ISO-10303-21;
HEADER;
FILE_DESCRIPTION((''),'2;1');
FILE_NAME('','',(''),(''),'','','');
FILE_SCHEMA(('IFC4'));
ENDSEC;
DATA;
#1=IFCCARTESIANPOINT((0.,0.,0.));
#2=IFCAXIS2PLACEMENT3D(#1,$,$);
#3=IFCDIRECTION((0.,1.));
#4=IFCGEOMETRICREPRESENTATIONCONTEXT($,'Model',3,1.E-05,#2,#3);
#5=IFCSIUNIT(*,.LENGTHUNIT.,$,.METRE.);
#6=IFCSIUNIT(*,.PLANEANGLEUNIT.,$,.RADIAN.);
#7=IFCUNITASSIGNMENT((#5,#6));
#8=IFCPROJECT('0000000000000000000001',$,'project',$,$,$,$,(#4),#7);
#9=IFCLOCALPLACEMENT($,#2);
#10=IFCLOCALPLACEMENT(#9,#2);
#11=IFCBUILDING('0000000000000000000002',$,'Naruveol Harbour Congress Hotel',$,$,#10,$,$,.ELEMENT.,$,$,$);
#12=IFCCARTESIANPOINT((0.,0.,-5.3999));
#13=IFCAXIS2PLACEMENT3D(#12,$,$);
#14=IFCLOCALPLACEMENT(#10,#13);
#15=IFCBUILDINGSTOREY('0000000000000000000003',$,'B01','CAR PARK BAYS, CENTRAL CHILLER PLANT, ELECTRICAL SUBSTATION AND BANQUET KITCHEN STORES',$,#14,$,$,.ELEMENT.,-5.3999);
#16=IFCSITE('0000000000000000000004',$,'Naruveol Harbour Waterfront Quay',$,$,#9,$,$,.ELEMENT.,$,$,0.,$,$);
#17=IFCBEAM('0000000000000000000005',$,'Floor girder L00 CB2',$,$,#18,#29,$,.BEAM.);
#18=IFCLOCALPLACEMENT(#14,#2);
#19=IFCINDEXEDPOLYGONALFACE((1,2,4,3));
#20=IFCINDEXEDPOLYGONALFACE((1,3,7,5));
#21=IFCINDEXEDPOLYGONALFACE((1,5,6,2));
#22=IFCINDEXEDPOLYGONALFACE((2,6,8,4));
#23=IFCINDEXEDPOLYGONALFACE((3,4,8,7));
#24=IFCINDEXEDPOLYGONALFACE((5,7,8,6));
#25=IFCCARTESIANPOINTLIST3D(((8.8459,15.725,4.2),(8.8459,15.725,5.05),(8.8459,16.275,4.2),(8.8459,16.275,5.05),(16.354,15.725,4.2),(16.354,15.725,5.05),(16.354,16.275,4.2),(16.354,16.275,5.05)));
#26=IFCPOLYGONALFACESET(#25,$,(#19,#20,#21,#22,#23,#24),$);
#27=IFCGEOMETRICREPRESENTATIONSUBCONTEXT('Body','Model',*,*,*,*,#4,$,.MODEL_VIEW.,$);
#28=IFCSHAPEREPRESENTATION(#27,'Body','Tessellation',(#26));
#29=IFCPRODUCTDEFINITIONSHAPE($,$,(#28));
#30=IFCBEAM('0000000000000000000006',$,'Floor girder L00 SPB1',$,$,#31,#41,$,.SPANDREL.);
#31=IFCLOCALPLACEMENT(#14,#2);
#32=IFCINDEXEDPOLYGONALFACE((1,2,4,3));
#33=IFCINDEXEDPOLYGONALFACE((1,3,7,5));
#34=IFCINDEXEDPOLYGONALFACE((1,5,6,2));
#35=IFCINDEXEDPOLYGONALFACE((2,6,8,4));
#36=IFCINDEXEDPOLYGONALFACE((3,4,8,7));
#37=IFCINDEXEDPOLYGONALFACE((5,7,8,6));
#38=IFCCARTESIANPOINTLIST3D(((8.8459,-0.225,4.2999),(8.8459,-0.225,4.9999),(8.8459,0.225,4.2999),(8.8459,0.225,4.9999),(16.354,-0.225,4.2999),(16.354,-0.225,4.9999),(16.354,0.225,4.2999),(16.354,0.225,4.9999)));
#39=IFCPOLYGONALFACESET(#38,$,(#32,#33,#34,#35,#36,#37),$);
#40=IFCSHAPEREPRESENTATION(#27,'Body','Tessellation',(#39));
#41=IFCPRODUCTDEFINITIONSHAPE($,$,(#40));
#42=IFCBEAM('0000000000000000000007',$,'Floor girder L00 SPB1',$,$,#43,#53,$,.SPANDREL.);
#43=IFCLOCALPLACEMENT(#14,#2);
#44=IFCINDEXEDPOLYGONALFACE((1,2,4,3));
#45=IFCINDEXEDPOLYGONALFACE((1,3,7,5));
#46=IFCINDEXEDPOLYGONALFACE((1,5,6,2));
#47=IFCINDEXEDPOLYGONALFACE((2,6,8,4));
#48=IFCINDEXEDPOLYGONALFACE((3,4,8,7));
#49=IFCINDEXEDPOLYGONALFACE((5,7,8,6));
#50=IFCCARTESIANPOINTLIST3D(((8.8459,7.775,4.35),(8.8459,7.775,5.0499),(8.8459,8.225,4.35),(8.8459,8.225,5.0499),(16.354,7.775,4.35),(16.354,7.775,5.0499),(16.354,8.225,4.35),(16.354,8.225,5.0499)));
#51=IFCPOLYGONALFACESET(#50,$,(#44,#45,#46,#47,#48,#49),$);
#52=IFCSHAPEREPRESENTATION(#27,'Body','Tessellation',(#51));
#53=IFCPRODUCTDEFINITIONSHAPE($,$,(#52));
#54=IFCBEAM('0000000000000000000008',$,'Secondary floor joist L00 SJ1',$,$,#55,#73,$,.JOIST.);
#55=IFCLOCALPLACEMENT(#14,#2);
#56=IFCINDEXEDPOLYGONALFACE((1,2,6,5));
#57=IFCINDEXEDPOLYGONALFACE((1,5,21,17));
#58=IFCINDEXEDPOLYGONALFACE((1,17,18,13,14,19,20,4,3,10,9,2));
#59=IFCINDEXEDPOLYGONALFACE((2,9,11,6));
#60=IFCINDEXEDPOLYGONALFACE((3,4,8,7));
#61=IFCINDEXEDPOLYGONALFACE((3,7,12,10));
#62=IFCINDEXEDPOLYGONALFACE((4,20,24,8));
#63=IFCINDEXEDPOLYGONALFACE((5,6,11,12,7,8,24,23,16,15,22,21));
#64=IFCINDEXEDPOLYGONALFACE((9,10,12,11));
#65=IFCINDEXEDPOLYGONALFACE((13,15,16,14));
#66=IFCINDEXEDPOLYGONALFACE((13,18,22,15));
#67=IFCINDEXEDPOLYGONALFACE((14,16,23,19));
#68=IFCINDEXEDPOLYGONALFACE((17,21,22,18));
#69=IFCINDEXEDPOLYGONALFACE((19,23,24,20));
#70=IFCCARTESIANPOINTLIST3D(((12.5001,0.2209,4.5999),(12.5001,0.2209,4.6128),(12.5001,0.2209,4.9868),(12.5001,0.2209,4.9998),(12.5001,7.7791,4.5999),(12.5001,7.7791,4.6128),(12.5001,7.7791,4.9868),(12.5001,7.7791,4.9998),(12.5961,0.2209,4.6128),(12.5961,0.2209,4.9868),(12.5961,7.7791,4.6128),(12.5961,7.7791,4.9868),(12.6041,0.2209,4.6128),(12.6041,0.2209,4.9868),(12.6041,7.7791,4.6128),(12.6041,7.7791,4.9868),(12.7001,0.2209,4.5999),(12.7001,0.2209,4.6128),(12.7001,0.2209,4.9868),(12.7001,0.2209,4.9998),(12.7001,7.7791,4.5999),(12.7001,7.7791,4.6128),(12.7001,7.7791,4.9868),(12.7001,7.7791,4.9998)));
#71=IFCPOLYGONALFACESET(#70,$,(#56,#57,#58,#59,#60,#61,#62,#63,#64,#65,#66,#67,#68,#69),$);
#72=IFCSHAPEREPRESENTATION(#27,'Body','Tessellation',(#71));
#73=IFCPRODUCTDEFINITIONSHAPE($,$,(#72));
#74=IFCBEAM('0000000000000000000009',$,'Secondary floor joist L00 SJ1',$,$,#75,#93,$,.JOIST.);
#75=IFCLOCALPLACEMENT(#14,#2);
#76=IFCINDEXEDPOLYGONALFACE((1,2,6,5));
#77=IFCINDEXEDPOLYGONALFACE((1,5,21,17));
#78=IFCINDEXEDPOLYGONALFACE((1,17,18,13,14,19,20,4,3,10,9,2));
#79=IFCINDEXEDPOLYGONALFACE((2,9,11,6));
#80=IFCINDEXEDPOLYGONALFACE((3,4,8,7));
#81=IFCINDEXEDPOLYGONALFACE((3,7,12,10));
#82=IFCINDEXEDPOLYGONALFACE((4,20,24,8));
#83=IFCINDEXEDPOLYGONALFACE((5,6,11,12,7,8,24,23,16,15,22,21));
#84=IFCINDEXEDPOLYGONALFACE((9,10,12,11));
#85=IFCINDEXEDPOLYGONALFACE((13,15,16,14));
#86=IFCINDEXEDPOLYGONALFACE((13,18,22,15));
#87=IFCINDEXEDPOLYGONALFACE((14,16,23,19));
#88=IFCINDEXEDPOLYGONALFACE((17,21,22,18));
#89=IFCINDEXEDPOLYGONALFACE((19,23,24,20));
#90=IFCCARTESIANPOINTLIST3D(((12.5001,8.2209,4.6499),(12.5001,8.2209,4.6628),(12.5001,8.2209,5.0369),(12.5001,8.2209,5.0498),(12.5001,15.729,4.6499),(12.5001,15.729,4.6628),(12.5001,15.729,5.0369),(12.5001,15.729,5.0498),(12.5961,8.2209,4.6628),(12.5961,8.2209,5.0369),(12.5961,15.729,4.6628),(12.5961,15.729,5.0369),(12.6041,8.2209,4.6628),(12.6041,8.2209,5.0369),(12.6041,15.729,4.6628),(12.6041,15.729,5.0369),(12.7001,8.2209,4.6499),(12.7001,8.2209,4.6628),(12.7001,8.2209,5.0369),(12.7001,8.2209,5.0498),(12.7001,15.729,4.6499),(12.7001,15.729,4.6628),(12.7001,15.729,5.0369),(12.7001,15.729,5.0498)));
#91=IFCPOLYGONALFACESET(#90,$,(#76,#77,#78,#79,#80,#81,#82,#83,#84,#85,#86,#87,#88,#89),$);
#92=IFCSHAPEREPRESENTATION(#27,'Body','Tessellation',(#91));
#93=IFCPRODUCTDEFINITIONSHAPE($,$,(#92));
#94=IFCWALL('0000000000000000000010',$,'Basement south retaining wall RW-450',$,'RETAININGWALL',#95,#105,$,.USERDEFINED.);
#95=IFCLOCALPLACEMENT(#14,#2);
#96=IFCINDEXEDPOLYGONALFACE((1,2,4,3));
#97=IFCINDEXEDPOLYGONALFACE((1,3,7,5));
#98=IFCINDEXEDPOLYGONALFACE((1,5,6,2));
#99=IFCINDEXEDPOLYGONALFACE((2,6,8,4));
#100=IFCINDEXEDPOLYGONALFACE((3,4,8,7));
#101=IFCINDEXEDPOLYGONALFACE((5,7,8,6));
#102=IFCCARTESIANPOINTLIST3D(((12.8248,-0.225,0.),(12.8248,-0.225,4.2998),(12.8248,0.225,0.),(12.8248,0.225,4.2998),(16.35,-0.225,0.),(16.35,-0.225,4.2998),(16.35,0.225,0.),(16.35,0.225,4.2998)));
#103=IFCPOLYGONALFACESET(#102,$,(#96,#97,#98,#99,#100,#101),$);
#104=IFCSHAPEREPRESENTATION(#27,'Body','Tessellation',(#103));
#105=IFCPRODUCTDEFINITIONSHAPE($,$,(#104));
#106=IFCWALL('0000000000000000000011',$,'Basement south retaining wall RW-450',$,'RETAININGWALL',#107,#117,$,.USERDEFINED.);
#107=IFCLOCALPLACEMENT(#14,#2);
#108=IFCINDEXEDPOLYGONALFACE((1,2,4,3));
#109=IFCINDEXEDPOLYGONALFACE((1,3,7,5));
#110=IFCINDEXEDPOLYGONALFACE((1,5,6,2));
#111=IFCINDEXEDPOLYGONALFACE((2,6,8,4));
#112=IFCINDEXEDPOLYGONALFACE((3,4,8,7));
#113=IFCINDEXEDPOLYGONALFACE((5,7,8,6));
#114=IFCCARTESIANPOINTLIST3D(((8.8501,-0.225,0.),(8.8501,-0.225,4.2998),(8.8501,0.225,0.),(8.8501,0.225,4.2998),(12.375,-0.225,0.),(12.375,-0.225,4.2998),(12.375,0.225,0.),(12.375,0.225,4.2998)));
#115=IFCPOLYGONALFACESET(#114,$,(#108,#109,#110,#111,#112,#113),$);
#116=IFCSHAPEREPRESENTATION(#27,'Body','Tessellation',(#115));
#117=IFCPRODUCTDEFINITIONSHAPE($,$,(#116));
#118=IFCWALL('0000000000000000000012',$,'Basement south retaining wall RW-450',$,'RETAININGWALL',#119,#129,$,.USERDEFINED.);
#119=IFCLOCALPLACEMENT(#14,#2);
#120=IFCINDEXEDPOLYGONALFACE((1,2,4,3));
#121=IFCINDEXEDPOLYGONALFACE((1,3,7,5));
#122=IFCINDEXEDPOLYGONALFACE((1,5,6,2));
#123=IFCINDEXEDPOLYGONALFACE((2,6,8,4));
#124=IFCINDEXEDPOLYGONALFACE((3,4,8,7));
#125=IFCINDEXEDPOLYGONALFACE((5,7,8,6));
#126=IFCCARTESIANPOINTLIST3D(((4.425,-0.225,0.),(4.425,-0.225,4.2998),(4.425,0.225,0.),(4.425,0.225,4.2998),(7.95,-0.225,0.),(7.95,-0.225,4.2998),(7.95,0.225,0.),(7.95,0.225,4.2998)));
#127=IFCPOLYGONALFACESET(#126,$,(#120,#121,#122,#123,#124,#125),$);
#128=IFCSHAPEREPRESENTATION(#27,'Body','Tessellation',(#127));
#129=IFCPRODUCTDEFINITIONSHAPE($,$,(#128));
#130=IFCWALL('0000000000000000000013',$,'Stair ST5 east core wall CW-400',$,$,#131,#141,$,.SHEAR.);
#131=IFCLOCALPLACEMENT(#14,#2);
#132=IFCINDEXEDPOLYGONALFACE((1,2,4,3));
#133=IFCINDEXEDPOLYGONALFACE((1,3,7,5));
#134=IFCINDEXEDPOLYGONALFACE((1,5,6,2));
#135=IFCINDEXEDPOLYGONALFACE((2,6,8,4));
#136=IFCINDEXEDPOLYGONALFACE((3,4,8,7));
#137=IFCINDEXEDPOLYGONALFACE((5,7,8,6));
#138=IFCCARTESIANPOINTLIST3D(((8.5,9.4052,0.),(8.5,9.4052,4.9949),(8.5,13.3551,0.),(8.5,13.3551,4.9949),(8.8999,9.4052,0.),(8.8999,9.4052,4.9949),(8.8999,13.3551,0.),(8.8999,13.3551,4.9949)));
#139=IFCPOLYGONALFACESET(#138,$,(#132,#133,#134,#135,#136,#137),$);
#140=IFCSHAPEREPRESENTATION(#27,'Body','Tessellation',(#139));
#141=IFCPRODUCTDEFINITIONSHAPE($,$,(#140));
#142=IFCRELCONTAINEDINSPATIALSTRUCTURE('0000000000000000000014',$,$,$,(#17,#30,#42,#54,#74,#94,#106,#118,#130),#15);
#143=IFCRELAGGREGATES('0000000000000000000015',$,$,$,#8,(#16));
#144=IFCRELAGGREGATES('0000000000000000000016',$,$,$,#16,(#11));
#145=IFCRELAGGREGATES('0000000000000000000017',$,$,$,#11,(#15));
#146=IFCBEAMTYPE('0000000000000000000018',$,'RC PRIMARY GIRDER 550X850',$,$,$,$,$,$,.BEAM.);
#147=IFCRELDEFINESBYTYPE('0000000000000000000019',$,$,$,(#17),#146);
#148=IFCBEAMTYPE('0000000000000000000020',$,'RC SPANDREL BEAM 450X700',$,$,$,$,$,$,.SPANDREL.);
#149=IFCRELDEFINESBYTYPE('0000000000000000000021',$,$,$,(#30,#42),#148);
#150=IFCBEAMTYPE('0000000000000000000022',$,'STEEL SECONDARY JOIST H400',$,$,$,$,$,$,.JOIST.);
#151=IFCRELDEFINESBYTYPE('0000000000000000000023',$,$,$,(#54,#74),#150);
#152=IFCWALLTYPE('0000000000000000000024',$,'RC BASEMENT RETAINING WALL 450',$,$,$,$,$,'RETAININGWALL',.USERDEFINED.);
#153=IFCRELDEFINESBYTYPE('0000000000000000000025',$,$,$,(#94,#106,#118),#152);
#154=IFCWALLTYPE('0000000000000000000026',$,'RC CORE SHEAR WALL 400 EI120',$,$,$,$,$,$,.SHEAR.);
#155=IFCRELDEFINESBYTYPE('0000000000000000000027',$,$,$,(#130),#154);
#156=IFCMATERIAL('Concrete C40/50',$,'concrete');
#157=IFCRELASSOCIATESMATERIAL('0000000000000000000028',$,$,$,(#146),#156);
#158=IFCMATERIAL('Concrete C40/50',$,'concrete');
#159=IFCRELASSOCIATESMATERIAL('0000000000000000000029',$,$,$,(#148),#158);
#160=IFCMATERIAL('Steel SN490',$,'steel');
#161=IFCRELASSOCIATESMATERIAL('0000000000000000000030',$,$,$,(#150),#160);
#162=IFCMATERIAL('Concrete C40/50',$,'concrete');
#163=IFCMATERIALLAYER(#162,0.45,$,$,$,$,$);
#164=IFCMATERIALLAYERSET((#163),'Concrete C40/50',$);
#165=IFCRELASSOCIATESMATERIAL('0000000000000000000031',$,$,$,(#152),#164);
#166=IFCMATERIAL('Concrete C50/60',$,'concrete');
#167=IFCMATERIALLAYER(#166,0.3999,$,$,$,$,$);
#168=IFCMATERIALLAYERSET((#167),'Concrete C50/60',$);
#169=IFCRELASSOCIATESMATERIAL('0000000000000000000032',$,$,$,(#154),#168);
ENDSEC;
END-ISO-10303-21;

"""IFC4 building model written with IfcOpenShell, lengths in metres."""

from ifc_helpers import new_model, si_unit, direction, frame, frame_2d, origin, origin_2d, place, context, subcontext, project, spatial, rectangle, i_section, extrude, material, layer, layer_set, material_profile, profile_set, type_object, element, save


model = new_model("IFC4")

# Units and contexts
model_context = context("Model", 3, precision=1e-05, world=origin(), true_north=direction((0.0, 1.0)))
body_context = subcontext(model_context, "Body", "Model", "MODEL_VIEW")
ifc_project = project(units=[si_unit("LENGTHUNIT", "METRE"), si_unit("PLANEANGLEUNIT", "RADIAN")], contexts=[model_context])

# Site, building, storey
site_placement = place(None, origin())
site = spatial("IfcSite", under=ifc_project, at=site_placement, Name="Naruveol Harbour Waterfront Quay", CompositionType="ELEMENT", RefElevation=0.0)
building_placement = place(site_placement, origin())
building = spatial("IfcBuilding", under=site, at=building_placement, Name="Naruveol Harbour Congress Hotel", CompositionType="ELEMENT")
storey_placement = place(building_placement, frame((0.0, 0.0, -5.3999)))
storey = spatial("IfcBuildingStorey", under=building, at=storey_placement, Name="B01", Description="CAR PARK BAYS, CENTRAL CHILLER PLANT, ELECTRICAL SUBSTATION AND BANQUET KITCHEN STORES", CompositionType="ELEMENT", Elevation=-5.3999)

# Beams
ifc_material_1 = material(Name="Concrete C40/50", Category="concrete")
ifc_material_profile_1 = material_profile(ifc_material_1, rectangle(XDim=0.55, YDim=0.8501, at=origin_2d()), Name="RCB-550x850")
ifc_profile_set_1 = profile_set([ifc_material_profile_1], Name="Concrete C40/50")
beam_type_1 = type_object("IfcBeamType", Name="RC PRIMARY GIRDER 550X850", PredefinedType="BEAM", material=ifc_profile_set_1)
beam_1_placement = place(storey_placement, frame((8.8459, 16.0, 4.625), z_axis=(1.0, 0.0, 0.0), x_axis=(0.0, 1.0, 0.0)))
element("IfcBeam", 1, at=beam_1_placement, inside=storey, type_object=beam_type_1, Name="Floor girder L00 CB2", PredefinedType="BEAM", context=body_context, shape_type="SweptSolid", body=[
    extrude(rectangle(XDim=0.55, YDim=0.8501, at=origin_2d()), origin(), (0.0, 0.0, 1.0), 7.5081),
])
ifc_material_2 = material(Name="Concrete C40/50", Category="concrete")
ifc_material_profile_2 = material_profile(ifc_material_2, rectangle(XDim=0.45, YDim=0.7, at=origin_2d()), Name="RCB-450x700")
ifc_profile_set_2 = profile_set([ifc_material_profile_2], Name="Concrete C40/50")
beam_type_2 = type_object("IfcBeamType", Name="RC SPANDREL BEAM 450X700", PredefinedType="SPANDREL", material=ifc_profile_set_2)
for number, where, z_axis, x_axis, name in (
    (2, (8.8459, 0.0, 4.6499), (1.0, 0.0, 0.0), (0.0, 1.0, 0.0), "Floor girder L00 SPB1"),
    (3, (8.8459, 8.0, 4.7), (1.0, 0.0, 0.0), (0.0, 1.0, 0.0), "Floor girder L00 SPB1"),
):
    element("IfcBeam", number, at=place(storey_placement, frame(where, z_axis=z_axis, x_axis=x_axis)), inside=storey, type_object=beam_type_2, Name=name, PredefinedType="SPANDREL", context=body_context, shape_type="SweptSolid", body=[
        extrude(rectangle(XDim=0.45, YDim=0.7, at=origin_2d()), origin(), (0.0, 0.0, 1.0), 7.5081),
    ])
ifc_material_3 = material(Name="Steel SN490", Category="steel")
ifc_material_profile_3 = material_profile(ifc_material_3, i_section(OverallWidth=0.2, OverallDepth=0.3999, WebThickness=0.0081, FlangeThickness=0.0129, at=origin_2d()), Name="H-400x200x8x13")
ifc_profile_set_3 = profile_set([ifc_material_profile_3], Name="Steel SN490")
beam_type_3 = type_object("IfcBeamType", Name="STEEL SECONDARY JOIST H400", PredefinedType="JOIST", material=ifc_profile_set_3)
beam_2_placement = place(storey_placement, frame((12.6001, 0.2209, 4.7998), z_axis=(0.0, 1.0, 0.0), x_axis=(-1.0, 0.0, 0.0)))
element("IfcBeam", 4, at=beam_2_placement, inside=storey, type_object=beam_type_3, Name="Secondary floor joist L00 SJ1", PredefinedType="JOIST", context=body_context, shape_type="SweptSolid", body=[
    extrude(i_section(OverallWidth=0.2, OverallDepth=0.3999, WebThickness=0.0081, FlangeThickness=0.0129, at=origin_2d()), origin(), (0.0, 0.0, 1.0), 7.5581),
])
beam_3_placement = place(storey_placement, frame((12.6001, 8.2209, 4.8499), z_axis=(0.0, 1.0, 0.0), x_axis=(-1.0, 0.0, 0.0)))
element("IfcBeam", 5, at=beam_3_placement, inside=storey, type_object=beam_type_3, Name="Secondary floor joist L00 SJ1", PredefinedType="JOIST", context=body_context, shape_type="SweptSolid", body=[
    extrude(i_section(OverallWidth=0.2, OverallDepth=0.3999, WebThickness=0.0081, FlangeThickness=0.0129, at=origin_2d()), origin(), (0.0, 0.0, 1.0), 7.5081),
])

# Walls
ifc_material_4 = material(Name="Concrete C40/50", Category="concrete")
ifc_layer_1 = layer(ifc_material_4, 0.45)
ifc_layer_set_1 = layer_set([ifc_layer_1], Name="Concrete C40/50")
wall_type_1 = type_object("IfcWallType", Name="RC BASEMENT RETAINING WALL 450", ElementType="RETAININGWALL", PredefinedType="USERDEFINED", material=ifc_layer_set_1)
wall_1_placement = place(storey_placement, frame((16.3501, 0.0, 0.0), z_axis=(0.0, 0.0, 1.0), x_axis=(-1.0, 0.0, 0.0)))
element("IfcWall", 6, at=wall_1_placement, inside=storey, type_object=wall_type_1, Name="Basement south retaining wall RW-450", ObjectType="RETAININGWALL", PredefinedType="USERDEFINED", context=body_context, shape_type="SweptSolid", body=[
    extrude(rectangle(XDim=3.5251, YDim=0.45, at=frame_2d((1.7627, 0.0))), origin(), (0.0, 0.0, 1.0), 4.2998),
])
for number, where, z_axis, x_axis, name in (
    (7, (12.375, 0.0, 0.0), (0.0, 0.0, 1.0), (-1.0, 0.0, 0.0), "Basement south retaining wall RW-450"),
    (8, (7.95, 0.0, 0.0), (0.0, 0.0, 1.0), (-1.0, 0.0, 0.0), "Basement south retaining wall RW-450"),
):
    element("IfcWall", number, at=place(storey_placement, frame(where, z_axis=z_axis, x_axis=x_axis)), inside=storey, type_object=wall_type_1, Name=name, ObjectType="RETAININGWALL", PredefinedType="USERDEFINED", context=body_context, shape_type="SweptSolid", body=[
        extrude(rectangle(XDim=3.5249, YDim=0.45, at=frame_2d((1.7625, 0.0))), origin(), (0.0, 0.0, 1.0), 4.2998),
    ])
ifc_material_5 = material(Name="Concrete C50/60", Category="concrete")
ifc_layer_2 = layer(ifc_material_5, 0.3999)
ifc_layer_set_2 = layer_set([ifc_layer_2], Name="Concrete C50/60")
wall_type_2 = type_object("IfcWallType", Name="RC CORE SHEAR WALL 400 EI120", PredefinedType="SHEAR", material=ifc_layer_set_2)
wall_2_placement = place(storey_placement, frame((8.7, 9.405, 0.0), z_axis=(0.0, 0.0, 1.0), x_axis=(0.0, 1.0, 0.0)))
element("IfcWall", 9, at=wall_2_placement, inside=storey, type_object=wall_type_2, Name="Stair ST5 east core wall CW-400", PredefinedType="SHEAR", context=body_context, shape_type="SweptSolid", body=[
    extrude(rectangle(XDim=3.95, YDim=0.3999, at=frame_2d((1.9751, 0.0))), origin(), (0.0, 0.0, 1.0), 4.9949),
])

save(model, "model.ifc")
